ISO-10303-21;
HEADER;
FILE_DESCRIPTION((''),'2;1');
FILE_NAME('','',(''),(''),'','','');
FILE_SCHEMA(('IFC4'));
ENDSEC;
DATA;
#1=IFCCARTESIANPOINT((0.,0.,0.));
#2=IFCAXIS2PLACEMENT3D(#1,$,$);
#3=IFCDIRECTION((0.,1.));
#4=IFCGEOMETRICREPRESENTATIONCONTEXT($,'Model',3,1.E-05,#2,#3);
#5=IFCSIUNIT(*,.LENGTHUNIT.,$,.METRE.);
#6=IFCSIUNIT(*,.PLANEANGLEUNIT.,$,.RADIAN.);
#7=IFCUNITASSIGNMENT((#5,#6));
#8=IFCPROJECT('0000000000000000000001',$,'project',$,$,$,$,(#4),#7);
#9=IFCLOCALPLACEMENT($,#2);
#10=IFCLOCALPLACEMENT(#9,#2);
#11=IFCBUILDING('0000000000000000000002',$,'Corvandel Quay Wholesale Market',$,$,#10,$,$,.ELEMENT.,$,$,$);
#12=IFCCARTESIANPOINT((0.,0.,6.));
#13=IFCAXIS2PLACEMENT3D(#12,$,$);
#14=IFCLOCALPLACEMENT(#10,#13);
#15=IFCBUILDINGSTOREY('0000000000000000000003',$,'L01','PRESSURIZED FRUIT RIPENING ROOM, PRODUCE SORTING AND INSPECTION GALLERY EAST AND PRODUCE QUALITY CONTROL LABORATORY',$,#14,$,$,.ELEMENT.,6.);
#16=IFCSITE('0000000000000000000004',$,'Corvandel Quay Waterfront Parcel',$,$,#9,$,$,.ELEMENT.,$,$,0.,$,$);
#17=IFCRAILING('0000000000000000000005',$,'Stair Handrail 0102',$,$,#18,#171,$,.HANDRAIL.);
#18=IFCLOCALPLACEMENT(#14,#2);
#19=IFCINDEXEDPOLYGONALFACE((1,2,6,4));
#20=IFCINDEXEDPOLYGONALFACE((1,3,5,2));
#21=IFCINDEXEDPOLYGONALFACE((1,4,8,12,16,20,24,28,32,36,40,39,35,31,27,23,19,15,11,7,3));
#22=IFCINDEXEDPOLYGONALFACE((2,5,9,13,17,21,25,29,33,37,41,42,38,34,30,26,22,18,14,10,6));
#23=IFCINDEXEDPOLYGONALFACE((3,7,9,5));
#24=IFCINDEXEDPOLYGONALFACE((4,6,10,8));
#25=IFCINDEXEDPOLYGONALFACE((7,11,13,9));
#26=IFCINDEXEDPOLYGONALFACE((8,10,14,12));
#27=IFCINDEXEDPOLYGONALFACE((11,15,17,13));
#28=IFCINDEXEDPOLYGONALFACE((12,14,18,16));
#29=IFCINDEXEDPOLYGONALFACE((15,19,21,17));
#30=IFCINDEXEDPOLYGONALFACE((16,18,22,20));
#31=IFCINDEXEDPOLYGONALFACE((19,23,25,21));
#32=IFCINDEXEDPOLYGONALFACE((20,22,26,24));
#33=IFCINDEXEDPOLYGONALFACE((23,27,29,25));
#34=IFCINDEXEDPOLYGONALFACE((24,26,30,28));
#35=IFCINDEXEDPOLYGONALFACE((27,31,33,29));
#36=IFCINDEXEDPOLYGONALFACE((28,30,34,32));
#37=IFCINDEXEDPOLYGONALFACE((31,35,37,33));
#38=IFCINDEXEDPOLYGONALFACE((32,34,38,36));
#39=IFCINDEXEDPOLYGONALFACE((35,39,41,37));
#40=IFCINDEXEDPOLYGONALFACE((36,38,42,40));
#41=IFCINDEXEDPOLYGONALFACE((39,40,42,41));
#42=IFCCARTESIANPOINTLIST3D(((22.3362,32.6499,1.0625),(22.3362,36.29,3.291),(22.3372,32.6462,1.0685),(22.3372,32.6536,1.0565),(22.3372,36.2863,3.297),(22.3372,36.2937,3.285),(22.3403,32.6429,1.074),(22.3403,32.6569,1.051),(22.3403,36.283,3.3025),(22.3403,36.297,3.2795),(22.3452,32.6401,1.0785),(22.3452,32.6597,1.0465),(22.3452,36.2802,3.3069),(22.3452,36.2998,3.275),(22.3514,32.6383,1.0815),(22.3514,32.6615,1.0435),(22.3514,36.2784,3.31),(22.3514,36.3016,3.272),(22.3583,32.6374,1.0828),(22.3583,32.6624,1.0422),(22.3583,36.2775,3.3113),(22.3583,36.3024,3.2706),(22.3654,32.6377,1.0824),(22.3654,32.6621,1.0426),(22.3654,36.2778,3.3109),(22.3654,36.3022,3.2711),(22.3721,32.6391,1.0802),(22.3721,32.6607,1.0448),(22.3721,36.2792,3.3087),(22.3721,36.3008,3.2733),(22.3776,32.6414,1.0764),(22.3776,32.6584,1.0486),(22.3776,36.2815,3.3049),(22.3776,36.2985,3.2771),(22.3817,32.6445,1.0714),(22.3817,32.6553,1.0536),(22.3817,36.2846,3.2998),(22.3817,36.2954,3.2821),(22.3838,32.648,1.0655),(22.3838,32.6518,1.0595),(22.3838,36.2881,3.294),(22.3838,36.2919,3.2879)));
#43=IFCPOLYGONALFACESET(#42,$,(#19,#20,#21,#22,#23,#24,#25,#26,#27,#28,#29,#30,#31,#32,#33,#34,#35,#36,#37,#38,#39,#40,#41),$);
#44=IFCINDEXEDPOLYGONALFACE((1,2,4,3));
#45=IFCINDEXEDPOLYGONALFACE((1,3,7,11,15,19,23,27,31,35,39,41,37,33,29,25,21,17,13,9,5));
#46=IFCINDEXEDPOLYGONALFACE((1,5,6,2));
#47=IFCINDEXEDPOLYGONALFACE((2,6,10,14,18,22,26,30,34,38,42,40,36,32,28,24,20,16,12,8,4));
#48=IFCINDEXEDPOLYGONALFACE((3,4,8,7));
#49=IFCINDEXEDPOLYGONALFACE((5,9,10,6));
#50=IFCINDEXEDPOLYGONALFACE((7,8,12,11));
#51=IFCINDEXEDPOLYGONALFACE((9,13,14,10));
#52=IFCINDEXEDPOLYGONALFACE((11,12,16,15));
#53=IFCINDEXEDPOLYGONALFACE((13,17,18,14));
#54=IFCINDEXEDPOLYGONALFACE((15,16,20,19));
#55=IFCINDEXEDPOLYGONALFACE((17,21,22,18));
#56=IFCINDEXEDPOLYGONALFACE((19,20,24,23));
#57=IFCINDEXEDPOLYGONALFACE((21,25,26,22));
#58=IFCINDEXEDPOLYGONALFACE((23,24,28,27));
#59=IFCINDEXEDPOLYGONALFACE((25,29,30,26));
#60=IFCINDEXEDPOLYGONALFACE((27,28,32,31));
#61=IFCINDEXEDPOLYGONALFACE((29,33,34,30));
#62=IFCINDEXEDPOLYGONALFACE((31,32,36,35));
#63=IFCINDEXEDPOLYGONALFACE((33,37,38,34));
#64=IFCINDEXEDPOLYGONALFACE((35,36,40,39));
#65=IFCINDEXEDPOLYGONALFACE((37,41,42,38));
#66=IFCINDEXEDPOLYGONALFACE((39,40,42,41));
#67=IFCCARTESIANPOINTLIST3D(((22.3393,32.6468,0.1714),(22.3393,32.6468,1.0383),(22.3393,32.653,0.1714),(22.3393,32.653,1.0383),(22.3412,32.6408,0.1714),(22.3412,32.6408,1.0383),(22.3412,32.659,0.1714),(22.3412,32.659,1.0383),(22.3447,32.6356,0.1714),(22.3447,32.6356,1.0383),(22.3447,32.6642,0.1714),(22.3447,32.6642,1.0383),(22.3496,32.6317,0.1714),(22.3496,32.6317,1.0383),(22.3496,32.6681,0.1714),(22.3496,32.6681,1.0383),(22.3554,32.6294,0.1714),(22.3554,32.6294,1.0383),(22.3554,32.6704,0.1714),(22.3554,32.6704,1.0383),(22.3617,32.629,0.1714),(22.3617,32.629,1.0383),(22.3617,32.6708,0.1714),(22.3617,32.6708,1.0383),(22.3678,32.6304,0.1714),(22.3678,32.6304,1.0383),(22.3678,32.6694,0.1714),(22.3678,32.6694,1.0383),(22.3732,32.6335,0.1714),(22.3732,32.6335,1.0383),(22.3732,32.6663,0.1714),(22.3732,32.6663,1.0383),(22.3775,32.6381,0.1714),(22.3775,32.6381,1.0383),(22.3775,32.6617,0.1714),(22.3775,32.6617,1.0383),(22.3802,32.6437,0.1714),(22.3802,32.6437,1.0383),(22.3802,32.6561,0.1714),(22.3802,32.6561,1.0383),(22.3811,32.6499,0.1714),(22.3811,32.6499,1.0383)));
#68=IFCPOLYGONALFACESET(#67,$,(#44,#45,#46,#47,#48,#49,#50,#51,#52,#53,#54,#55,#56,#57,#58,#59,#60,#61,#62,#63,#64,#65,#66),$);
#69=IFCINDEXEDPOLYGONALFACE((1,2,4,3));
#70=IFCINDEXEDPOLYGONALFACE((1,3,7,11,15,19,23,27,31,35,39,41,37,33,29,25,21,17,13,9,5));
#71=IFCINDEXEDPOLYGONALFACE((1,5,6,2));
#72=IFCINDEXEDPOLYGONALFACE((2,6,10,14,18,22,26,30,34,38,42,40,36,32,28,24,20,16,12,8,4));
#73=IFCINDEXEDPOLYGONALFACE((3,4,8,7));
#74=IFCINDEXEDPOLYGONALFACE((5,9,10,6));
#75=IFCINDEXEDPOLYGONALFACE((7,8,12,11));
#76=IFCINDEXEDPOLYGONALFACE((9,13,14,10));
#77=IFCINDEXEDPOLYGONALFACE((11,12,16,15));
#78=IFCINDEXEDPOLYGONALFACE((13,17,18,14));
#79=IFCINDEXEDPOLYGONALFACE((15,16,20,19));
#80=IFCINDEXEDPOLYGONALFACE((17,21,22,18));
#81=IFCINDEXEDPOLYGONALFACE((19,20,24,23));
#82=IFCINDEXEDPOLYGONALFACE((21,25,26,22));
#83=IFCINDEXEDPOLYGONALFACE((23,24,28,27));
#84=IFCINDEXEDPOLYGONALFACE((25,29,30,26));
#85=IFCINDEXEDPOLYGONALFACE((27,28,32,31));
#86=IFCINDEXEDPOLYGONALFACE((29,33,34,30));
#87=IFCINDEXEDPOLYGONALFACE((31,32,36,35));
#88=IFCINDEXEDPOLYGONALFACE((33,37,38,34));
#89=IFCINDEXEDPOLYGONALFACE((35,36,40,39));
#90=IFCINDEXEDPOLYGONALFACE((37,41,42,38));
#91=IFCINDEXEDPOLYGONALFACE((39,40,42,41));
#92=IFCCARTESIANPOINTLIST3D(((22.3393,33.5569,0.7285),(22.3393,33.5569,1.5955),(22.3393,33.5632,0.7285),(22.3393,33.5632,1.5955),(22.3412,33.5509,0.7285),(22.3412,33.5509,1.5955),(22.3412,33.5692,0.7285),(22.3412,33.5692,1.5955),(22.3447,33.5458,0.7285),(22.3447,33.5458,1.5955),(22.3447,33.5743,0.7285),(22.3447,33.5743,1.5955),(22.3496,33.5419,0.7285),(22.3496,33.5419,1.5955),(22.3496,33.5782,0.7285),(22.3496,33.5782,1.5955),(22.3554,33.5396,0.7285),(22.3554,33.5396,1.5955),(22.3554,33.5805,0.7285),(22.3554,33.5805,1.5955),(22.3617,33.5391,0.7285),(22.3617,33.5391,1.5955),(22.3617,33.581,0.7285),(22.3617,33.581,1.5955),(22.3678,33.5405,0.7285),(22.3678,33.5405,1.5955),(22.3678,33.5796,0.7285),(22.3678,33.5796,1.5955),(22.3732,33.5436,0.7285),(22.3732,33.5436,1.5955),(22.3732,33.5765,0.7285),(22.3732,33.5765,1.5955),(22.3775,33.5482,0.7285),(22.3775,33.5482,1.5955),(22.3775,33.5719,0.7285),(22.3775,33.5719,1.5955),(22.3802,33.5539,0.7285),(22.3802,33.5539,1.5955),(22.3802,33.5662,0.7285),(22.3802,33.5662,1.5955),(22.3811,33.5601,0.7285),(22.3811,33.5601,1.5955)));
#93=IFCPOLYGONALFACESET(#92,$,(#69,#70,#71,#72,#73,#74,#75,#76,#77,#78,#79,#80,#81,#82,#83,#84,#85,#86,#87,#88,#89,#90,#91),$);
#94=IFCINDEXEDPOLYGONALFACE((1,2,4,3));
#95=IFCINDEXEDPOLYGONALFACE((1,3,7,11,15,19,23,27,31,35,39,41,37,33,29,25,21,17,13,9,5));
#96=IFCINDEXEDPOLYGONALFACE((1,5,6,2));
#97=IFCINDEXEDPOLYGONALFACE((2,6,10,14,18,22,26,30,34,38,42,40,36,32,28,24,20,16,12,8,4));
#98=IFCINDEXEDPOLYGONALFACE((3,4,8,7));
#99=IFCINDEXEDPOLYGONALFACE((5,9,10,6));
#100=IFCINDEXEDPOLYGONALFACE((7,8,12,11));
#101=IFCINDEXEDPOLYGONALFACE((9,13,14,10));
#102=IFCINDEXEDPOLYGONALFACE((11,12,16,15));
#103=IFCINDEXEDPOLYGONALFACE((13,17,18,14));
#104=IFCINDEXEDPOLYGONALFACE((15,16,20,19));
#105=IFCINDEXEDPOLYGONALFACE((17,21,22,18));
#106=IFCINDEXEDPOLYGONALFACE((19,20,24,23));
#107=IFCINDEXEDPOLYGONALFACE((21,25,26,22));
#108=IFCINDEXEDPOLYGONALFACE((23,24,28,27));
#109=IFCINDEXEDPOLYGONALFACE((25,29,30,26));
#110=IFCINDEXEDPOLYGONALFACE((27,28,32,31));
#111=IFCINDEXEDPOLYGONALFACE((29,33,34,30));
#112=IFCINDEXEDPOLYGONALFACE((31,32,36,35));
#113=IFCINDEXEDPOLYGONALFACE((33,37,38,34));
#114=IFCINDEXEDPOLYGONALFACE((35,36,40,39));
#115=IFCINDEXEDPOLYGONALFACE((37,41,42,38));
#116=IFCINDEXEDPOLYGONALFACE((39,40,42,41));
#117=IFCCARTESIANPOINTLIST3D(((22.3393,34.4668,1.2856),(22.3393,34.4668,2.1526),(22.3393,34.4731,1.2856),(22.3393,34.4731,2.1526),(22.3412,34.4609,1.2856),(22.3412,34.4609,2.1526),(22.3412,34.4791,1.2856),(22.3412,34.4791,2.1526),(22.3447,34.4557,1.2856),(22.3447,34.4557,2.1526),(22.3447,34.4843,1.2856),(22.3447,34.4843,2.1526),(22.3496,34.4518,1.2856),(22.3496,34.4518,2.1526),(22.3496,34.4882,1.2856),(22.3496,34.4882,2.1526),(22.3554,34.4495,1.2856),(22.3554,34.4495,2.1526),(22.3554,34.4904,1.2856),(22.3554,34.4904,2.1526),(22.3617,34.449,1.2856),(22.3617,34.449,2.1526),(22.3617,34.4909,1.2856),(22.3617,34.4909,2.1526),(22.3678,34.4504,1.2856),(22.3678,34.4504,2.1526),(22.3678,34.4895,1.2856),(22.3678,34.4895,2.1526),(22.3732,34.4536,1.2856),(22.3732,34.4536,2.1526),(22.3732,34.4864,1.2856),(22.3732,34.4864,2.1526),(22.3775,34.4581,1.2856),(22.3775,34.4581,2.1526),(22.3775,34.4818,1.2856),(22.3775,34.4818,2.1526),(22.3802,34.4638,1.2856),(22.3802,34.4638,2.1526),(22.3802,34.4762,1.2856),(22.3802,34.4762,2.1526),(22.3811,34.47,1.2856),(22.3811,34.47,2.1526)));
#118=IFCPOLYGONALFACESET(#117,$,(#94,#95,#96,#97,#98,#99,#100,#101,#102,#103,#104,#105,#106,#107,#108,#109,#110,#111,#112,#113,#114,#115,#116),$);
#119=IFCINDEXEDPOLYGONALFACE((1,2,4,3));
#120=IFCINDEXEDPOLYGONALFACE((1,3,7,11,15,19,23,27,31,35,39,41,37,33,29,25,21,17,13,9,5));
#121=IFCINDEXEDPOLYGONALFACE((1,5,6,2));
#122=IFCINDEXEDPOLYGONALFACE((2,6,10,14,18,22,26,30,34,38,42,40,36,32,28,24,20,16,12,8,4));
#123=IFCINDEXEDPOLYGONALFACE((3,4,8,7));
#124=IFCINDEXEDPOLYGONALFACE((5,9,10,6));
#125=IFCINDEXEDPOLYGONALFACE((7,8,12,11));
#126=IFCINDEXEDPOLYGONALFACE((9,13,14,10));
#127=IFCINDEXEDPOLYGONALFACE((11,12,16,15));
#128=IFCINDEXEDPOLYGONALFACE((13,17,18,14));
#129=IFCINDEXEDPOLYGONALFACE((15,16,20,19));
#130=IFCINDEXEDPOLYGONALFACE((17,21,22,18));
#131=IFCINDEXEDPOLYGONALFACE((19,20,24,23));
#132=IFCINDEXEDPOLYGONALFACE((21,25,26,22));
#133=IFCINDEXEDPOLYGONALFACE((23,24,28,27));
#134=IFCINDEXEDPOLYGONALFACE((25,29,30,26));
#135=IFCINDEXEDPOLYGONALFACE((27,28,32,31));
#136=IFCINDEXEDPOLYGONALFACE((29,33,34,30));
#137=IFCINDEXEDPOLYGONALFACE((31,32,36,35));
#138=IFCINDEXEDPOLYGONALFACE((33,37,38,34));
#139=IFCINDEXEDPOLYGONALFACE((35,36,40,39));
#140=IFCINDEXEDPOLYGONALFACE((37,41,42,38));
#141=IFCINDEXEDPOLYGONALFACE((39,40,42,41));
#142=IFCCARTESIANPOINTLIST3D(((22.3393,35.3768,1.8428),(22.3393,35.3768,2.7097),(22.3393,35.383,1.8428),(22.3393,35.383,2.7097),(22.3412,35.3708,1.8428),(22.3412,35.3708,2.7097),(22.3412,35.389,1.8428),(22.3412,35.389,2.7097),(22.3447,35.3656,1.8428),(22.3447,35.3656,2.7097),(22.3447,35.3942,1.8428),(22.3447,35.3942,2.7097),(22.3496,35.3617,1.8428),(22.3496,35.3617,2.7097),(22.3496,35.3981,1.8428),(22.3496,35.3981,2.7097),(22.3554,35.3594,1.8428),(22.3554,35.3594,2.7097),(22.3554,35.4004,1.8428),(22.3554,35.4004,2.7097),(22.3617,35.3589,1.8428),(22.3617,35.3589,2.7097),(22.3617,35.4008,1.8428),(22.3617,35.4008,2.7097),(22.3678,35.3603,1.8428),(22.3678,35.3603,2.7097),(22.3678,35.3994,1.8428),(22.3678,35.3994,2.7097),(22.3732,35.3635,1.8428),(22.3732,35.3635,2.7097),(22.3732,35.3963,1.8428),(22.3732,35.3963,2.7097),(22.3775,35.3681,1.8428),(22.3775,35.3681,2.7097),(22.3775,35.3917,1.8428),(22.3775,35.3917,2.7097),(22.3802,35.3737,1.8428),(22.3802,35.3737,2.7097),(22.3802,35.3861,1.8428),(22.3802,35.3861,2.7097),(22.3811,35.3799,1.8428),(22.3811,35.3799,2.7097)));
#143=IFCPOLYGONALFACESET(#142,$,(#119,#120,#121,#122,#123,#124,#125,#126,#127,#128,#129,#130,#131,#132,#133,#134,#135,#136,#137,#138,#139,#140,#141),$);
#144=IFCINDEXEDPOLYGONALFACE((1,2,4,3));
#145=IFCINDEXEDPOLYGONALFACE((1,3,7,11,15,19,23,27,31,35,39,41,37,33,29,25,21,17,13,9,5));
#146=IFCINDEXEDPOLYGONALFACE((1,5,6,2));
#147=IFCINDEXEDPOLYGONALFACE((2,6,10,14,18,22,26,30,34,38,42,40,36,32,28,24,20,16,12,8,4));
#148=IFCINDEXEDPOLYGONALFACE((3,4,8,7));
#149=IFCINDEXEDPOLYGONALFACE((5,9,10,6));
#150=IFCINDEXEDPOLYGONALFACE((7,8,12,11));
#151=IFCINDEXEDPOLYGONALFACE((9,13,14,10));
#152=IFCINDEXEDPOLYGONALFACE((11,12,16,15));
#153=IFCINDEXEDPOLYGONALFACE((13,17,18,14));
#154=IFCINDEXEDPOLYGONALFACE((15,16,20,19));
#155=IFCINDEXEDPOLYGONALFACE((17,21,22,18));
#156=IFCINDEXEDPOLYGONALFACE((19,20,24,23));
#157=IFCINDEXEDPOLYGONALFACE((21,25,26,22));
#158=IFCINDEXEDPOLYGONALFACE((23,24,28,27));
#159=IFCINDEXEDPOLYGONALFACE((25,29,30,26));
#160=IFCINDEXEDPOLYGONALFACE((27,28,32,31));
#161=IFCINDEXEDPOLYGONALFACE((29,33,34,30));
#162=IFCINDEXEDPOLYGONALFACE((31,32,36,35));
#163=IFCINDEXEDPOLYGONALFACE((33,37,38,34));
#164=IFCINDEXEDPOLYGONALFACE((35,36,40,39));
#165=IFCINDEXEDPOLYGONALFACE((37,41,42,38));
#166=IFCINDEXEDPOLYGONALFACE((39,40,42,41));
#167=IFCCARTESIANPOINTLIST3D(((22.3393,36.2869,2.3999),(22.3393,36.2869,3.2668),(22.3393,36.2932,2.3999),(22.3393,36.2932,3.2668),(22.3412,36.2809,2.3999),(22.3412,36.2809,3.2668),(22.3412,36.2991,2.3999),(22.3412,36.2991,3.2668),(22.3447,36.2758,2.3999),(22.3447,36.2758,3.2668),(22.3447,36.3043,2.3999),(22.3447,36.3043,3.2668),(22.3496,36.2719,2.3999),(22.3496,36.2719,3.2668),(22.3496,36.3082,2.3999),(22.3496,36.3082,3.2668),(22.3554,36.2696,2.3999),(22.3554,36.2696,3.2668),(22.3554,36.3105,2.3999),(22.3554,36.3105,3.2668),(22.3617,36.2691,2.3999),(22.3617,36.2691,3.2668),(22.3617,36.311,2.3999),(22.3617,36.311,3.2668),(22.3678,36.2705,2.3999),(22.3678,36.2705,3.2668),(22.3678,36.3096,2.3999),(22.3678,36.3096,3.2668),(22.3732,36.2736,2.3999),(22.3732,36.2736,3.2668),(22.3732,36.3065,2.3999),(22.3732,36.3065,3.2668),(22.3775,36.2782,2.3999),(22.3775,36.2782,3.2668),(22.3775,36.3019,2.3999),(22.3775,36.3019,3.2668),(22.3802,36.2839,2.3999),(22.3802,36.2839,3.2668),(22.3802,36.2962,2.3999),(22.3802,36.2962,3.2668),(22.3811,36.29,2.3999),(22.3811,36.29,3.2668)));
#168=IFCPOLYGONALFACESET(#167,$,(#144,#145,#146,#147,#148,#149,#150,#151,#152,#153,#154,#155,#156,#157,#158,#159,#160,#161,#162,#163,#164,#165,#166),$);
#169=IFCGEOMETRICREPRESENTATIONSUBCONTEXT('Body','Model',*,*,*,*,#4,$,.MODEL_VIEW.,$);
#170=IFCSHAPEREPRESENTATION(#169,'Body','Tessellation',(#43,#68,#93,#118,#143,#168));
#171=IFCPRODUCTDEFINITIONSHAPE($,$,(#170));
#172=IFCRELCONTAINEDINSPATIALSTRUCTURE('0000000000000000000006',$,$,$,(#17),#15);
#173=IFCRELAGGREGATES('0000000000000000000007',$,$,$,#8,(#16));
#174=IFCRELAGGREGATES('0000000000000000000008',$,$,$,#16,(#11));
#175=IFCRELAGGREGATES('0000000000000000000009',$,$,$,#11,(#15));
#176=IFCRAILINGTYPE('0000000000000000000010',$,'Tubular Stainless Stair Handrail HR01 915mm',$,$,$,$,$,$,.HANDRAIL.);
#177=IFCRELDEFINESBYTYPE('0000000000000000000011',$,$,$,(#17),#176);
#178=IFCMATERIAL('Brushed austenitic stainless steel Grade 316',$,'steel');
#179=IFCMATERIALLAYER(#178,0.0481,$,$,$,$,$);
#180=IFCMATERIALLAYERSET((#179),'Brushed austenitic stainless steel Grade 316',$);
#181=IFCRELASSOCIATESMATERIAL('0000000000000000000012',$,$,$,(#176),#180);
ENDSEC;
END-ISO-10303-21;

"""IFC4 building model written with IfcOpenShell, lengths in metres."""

from ifc_helpers import new_model, si_unit, direction, frame, origin, origin_2d, place, context, subcontext, project, spatial, circle, extrude, material, layer, layer_set, type_object, element, save


model = new_model("IFC4")

# Units and contexts
model_context = context("Model", 3, precision=1e-05, world=origin(), true_north=direction((0.0, 1.0)))
body_context = subcontext(model_context, "Body", "Model", "MODEL_VIEW")
ifc_project = project(units=[si_unit("LENGTHUNIT", "METRE"), si_unit("PLANEANGLEUNIT", "RADIAN")], contexts=[model_context])

# Site, building, storey
site_placement = place(None, origin())
site = spatial("IfcSite", under=ifc_project, at=site_placement, Name="Corvandel Quay Waterfront Parcel", CompositionType="ELEMENT", RefElevation=0.0)
building_placement = place(site_placement, origin())
building = spatial("IfcBuilding", under=site, at=building_placement, Name="Corvandel Quay Wholesale Market", CompositionType="ELEMENT")
storey_placement = place(building_placement, frame((0.0, 0.0, 6.0)))
storey = spatial("IfcBuildingStorey", under=building, at=storey_placement, Name="L01", Description="PRESSURIZED FRUIT RIPENING ROOM, PRODUCE SORTING AND INSPECTION GALLERY EAST AND PRODUCE QUALITY CONTROL LABORATORY", CompositionType="ELEMENT", Elevation=6.0)

# Railing
ifc_material_1 = material(Name="Brushed austenitic stainless steel Grade 316", Category="steel")
ifc_layer_1 = layer(ifc_material_1, 0.0481)
ifc_layer_set_1 = layer_set([ifc_layer_1], Name="Brushed austenitic stainless steel Grade 316")
railing_type_1 = type_object("IfcRailingType", Name="Tubular Stainless Stair Handrail HR01 915mm", PredefinedType="HANDRAIL", material=ifc_layer_set_1)
for number, where, name in (
    (1, (22.3601, 32.6499, 0.1714), "Stair Handrail 0102"),
):
    element("IfcRailing", number, at=place(storey_placement, frame(where)), inside=storey, type_object=railing_type_1, Name=name, PredefinedType="HANDRAIL", context=body_context, shape_type="SweptSolid", body=[
        extrude(circle(Radius=0.0239, at=origin_2d()), frame((0.0, 0.0, 0.8911), z_axis=(0.0, 0.852866, 0.52213), x_axis=(-1.0, 0.0, 0.0)), (0.0, 0.0, 1.0), 4.2681),
        extrude(circle(Radius=0.021, at=origin_2d()), origin(), (0.0, 0.0, 1.0), 0.8669),
        extrude(circle(Radius=0.021, at=origin_2d()), frame((0.0, 0.9102, 0.5571)), (0.0, 0.0, 1.0), 0.8669),
        extrude(circle(Radius=0.021, at=origin_2d()), frame((0.0, 1.8201, 1.1143)), (0.0, 0.0, 1.0), 0.8669),
        extrude(circle(Radius=0.021, at=origin_2d()), frame((0.0, 2.73, 1.6714)), (0.0, 0.0, 1.0), 0.8669),
        extrude(circle(Radius=0.021, at=origin_2d()), frame((0.0, 3.6401, 2.2285)), (0.0, 0.0, 1.0), 0.8669),
    ])

save(model, "model.ifc")
